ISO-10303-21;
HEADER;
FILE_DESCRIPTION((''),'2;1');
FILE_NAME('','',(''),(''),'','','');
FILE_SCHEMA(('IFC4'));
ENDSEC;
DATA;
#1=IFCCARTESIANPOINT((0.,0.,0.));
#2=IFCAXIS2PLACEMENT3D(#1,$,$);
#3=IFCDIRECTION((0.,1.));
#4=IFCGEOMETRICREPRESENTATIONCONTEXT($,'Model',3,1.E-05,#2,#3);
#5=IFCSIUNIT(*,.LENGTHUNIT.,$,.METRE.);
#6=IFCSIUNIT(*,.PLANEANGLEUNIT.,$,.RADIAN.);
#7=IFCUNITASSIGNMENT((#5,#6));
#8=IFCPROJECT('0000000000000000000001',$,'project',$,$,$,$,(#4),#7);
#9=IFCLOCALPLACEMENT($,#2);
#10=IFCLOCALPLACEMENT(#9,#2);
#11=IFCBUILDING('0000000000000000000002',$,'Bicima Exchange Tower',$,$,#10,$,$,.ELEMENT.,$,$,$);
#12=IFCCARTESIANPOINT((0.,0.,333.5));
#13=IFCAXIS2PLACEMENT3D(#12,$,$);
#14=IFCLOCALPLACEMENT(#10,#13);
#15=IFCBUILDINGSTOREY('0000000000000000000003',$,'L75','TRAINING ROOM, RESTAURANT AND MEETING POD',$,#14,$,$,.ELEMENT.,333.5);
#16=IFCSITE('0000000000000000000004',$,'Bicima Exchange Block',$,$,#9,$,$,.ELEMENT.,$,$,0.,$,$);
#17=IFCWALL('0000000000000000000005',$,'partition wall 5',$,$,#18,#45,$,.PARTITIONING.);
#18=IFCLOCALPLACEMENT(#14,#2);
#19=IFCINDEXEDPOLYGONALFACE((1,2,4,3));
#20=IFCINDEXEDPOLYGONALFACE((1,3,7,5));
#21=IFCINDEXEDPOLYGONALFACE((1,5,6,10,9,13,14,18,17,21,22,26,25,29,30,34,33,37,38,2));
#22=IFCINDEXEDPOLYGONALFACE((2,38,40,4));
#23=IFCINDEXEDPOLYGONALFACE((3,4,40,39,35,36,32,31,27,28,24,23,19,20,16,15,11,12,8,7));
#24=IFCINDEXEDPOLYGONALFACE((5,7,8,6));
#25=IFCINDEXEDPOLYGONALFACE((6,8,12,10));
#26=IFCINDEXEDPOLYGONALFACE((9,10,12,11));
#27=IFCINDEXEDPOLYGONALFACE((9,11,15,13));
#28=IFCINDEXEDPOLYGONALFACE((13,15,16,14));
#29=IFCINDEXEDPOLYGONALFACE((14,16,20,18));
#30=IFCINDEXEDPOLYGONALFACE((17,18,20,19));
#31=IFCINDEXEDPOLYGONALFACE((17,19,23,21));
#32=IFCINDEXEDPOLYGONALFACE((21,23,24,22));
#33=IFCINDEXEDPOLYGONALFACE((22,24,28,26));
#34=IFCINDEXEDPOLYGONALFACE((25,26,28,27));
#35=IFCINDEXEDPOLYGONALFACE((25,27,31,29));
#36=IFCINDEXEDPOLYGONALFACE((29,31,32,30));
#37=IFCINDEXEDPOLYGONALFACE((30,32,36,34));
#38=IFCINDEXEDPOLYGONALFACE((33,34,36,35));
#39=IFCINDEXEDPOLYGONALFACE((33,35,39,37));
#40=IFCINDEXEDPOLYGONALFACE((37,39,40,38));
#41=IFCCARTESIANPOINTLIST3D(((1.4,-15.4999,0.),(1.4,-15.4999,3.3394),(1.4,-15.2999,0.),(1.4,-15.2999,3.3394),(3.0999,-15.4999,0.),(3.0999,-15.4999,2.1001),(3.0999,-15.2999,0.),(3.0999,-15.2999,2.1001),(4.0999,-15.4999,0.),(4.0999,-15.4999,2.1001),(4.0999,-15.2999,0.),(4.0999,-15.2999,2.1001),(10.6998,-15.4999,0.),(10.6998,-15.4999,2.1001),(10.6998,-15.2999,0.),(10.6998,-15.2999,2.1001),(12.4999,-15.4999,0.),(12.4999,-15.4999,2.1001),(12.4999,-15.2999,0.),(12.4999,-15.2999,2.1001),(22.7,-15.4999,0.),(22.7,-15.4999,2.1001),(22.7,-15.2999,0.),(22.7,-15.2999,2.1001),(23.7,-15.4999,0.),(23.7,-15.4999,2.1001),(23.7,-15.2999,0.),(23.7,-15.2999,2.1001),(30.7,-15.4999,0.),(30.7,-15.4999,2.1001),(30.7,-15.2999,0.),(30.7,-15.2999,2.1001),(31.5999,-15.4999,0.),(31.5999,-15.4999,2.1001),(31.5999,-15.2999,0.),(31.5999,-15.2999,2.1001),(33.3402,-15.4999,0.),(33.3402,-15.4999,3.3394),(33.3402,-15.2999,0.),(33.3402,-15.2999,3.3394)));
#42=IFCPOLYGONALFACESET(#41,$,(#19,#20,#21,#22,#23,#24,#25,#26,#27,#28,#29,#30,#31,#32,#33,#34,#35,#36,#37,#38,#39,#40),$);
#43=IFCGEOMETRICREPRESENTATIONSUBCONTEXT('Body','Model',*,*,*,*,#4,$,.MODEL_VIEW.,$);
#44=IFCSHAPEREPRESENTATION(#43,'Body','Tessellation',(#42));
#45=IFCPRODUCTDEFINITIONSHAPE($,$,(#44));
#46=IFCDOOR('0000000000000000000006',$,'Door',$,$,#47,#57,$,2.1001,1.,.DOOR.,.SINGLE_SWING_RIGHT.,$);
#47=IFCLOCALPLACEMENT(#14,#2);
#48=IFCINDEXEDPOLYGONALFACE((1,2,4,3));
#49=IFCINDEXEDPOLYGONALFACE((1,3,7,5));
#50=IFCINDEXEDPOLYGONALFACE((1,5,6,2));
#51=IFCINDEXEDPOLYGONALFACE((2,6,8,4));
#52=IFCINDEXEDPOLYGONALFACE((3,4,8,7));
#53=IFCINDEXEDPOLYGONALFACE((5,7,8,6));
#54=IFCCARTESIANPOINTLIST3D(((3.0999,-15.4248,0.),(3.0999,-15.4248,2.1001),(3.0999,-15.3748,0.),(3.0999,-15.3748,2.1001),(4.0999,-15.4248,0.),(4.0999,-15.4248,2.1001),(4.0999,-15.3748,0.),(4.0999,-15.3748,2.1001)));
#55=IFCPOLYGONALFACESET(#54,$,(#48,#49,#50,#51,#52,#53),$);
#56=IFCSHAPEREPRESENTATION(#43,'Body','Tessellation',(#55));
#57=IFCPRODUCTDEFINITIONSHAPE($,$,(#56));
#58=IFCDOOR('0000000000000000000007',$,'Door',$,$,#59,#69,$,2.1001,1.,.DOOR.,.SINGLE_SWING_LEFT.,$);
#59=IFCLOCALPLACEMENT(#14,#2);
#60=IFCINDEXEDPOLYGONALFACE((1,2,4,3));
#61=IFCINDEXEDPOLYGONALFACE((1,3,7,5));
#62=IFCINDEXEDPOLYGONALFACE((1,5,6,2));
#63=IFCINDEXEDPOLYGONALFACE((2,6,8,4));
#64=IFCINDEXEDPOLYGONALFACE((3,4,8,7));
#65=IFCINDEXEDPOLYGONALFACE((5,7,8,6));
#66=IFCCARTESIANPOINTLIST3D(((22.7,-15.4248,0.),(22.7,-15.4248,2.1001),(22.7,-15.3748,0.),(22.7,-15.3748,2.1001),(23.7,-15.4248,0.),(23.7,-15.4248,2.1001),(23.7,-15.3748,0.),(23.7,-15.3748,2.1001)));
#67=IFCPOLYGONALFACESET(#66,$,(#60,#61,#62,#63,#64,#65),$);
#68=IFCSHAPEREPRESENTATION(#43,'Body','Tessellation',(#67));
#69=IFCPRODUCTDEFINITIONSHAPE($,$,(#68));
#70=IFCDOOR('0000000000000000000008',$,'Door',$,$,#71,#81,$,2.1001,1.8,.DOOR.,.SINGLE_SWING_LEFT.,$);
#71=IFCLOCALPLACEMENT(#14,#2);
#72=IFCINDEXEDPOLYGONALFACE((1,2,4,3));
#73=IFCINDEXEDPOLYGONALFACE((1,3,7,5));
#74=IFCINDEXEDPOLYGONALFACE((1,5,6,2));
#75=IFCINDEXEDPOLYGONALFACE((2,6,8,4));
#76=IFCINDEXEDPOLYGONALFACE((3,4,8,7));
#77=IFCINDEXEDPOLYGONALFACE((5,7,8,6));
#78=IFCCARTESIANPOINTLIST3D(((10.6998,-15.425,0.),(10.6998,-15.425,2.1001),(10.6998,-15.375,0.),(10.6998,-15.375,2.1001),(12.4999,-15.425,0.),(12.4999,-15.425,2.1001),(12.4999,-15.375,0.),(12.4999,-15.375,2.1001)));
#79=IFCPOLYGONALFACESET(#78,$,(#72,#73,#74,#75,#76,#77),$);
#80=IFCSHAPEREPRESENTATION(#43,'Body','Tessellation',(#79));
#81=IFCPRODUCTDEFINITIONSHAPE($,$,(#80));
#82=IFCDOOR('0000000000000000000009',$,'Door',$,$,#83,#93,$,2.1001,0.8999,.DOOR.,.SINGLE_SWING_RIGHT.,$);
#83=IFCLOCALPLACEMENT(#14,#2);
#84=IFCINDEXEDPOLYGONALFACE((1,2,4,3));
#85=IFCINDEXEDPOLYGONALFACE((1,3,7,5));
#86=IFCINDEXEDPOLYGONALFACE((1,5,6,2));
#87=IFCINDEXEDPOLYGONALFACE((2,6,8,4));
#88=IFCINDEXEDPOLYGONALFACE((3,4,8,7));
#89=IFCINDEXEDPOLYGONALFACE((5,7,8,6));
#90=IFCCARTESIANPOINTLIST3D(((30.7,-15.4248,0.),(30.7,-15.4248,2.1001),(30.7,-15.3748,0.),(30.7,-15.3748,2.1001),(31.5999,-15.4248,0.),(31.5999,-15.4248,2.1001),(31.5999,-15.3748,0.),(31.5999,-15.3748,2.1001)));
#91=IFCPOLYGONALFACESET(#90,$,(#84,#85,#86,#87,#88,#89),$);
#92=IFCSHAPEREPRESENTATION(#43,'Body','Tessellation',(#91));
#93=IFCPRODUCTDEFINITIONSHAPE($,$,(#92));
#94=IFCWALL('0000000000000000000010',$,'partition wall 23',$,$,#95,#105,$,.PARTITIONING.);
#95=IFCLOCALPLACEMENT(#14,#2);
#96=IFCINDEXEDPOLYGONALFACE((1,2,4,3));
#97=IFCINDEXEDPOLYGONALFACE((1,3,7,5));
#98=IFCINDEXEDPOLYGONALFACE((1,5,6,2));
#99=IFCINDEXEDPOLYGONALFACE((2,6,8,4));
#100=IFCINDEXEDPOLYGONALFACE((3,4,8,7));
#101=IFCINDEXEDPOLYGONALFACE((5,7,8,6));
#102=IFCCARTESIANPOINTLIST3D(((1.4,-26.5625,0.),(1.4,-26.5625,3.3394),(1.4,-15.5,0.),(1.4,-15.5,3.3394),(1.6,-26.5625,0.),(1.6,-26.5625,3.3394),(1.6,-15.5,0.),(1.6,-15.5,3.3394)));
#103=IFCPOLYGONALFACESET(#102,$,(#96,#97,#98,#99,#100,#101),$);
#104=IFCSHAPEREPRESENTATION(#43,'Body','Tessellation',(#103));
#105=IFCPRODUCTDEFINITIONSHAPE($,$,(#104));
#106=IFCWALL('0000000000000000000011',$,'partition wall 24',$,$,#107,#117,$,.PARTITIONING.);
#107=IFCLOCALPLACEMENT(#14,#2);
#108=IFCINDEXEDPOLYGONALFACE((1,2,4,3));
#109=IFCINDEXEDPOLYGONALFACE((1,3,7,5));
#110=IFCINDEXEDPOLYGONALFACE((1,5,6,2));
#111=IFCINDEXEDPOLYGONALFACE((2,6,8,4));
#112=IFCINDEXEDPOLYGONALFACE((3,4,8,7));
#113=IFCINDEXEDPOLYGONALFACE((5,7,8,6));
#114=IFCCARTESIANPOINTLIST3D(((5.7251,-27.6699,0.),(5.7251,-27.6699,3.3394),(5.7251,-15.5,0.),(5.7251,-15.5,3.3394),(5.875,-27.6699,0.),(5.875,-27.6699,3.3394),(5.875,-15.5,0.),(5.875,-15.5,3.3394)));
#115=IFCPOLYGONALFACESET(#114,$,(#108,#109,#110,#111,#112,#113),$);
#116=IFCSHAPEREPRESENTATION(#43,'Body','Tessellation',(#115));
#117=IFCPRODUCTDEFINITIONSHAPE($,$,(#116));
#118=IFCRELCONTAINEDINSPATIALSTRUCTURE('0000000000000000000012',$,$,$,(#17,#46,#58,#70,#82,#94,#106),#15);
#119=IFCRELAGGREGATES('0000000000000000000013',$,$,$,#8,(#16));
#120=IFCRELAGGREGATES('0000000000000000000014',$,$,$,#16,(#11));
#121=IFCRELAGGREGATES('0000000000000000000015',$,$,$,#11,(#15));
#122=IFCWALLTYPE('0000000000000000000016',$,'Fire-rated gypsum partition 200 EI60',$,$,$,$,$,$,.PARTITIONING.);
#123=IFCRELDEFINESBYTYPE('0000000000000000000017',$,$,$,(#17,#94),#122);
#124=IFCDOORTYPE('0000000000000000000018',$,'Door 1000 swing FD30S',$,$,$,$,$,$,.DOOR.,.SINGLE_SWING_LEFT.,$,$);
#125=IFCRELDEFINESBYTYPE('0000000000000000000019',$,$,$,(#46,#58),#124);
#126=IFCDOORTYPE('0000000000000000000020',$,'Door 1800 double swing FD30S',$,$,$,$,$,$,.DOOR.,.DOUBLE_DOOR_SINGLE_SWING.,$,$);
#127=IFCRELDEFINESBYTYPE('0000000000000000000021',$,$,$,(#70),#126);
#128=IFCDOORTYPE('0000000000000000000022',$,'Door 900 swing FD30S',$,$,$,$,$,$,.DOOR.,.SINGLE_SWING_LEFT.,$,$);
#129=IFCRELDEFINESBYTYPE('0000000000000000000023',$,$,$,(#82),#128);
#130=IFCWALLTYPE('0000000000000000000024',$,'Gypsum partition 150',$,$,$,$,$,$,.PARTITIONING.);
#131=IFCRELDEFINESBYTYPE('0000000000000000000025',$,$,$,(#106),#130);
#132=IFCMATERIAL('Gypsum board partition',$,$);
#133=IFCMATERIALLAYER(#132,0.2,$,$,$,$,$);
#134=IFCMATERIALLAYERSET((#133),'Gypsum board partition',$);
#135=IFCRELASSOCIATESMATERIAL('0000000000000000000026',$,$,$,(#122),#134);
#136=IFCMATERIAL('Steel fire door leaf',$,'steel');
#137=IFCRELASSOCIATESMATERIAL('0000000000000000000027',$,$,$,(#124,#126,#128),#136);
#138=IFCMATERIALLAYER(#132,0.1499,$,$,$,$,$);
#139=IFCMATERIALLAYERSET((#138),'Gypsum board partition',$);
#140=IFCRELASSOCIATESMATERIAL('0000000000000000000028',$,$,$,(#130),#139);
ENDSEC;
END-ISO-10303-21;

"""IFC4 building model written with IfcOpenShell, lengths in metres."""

from ifc_helpers import new_model, si_unit, direction, frame, frame_2d, origin, place, context, subcontext, project, spatial, rectangle, extrude, material, layer, layer_set, type_object, element, fill, save


model = new_model("IFC4")

# Units and contexts
model_context = context("Model", 3, precision=1e-05, world=origin(), true_north=direction((0.0, 1.0)))
body_context = subcontext(model_context, "Body", "Model", "MODEL_VIEW")
ifc_project = project(units=[si_unit("LENGTHUNIT", "METRE"), si_unit("PLANEANGLEUNIT", "RADIAN")], contexts=[model_context])

# Site, building, storey
site_placement = place(None, origin())
site = spatial("IfcSite", under=ifc_project, at=site_placement, Name="Bicima Exchange Block", CompositionType="ELEMENT", RefElevation=0.0)
building_placement = place(site_placement, origin())
building = spatial("IfcBuilding", under=site, at=building_placement, Name="Bicima Exchange Tower", CompositionType="ELEMENT")
storey_placement = place(building_placement, frame((0.0, 0.0, 333.5)))
storey = spatial("IfcBuildingStorey", under=building, at=storey_placement, Name="L75", Description="TRAINING ROOM, RESTAURANT AND MEETING POD", CompositionType="ELEMENT", Elevation=333.5)

# Wall, openings, doors
ifc_material_1 = material(Name="Gypsum board partition")
ifc_layer_1 = layer(ifc_material_1, 0.2)
ifc_layer_set_1 = layer_set([ifc_layer_1], Name="Gypsum board partition")
wall_type_1 = type_object("IfcWallType", Name="Fire-rated gypsum partition 200 EI60", PredefinedType="PARTITIONING", material=ifc_layer_set_1)
wall_1_placement = place(storey_placement, frame((1.3999, -15.3999, 0.0), z_axis=(0.0, 0.0, 1.0), x_axis=(1.0, 0.0, 0.0)))
wall_1 = element("IfcWall", 1, at=wall_1_placement, inside=storey, type_object=wall_type_1, Name="partition wall 5", PredefinedType="PARTITIONING", context=body_context, shape_type="SweptSolid", body=[
    extrude(rectangle(XDim=31.9402, YDim=0.2, at=frame_2d((15.9702, 0.0))), origin(), (0.0, 0.0, 1.0), 3.3394),
])
opening_1_placement = place(wall_1_placement, frame((1.7, 0.0, 0.0)))
opening_1 = element("IfcOpeningElement", 2, at=opening_1_placement, cuts=wall_1, PredefinedType="OPENING", context=body_context, shape_type="SweptSolid", body=[
    extrude(rectangle(XDim=1.0, YDim=2.1001, at=frame_2d((0.5, 1.05))), frame((0.0, 0.1118, 0.0), z_axis=(0.0, -1.0, 0.0), x_axis=(1.0, 0.0, 0.0)), (0.0, 0.0, 1.0), 0.2239),
])
opening_2_placement = place(wall_1_placement, frame((9.3, 0.0, 0.0)))
opening_2 = element("IfcOpeningElement", 3, at=opening_2_placement, cuts=wall_1, PredefinedType="OPENING", context=body_context, shape_type="SweptSolid", body=[
    extrude(rectangle(XDim=1.8, YDim=2.1001, at=frame_2d((0.8999, 1.05))), frame((0.0, 0.1118, 0.0), z_axis=(0.0, -1.0, 0.0), x_axis=(1.0, 0.0, 0.0)), (0.0, 0.0, 1.0), 0.2239),
])
opening_3_placement = place(wall_1_placement, frame((21.3, 0.0, 0.0)))
opening_3 = element("IfcOpeningElement", 4, at=opening_3_placement, cuts=wall_1, PredefinedType="OPENING", context=body_context, shape_type="SweptSolid", body=[
    extrude(rectangle(XDim=1.0, YDim=2.1001, at=frame_2d((0.5, 1.05))), frame((0.0, 0.1118, 0.0), z_axis=(0.0, -1.0, 0.0), x_axis=(1.0, 0.0, 0.0)), (0.0, 0.0, 1.0), 0.2239),
])
opening_4_placement = place(wall_1_placement, frame((29.3, 0.0, 0.0)))
opening_4 = element("IfcOpeningElement", 5, at=opening_4_placement, cuts=wall_1, PredefinedType="OPENING", context=body_context, shape_type="SweptSolid", body=[
    extrude(rectangle(XDim=0.8999, YDim=2.1001, at=frame_2d((0.45, 1.05))), frame((0.0, 0.1118, 0.0), z_axis=(0.0, -1.0, 0.0), x_axis=(1.0, 0.0, 0.0)), (0.0, 0.0, 1.0), 0.2239),
])
ifc_material_2 = material(Name="Steel fire door leaf", Category="steel")
door_type_1 = type_object("IfcDoorType", Name="Door 1000 swing FD30S", OperationType="SINGLE_SWING_LEFT", PredefinedType="DOOR", material=ifc_material_2)
door_1_placement = place(opening_1_placement, frame((1.0, 0.0, 0.0), z_axis=(0.0, 0.0, 1.0), x_axis=(-1.0, 0.0, 0.0)))
door_1 = element("IfcDoor", 6, at=door_1_placement, inside=storey, type_object=door_type_1, Name="Door", OperationType="SINGLE_SWING_RIGHT", OverallHeight=2.1001, OverallWidth=1.0, PredefinedType="DOOR", context=body_context, shape_type="SweptSolid", body=[
    extrude(rectangle(XDim=1.0, YDim=2.1001, at=frame_2d((0.5, 1.05))), frame((0.0, 0.0249, 0.0), z_axis=(0.0, -1.0, 0.0), x_axis=(1.0, 0.0, 0.0)), (0.0, 0.0, 1.0), 0.05),
])
fill(opening_1, door_1)
door_2_placement = place(opening_3_placement, frame((1.0, 0.0, 0.0), z_axis=(0.0, 0.0, 1.0), x_axis=(-1.0, 0.0, 0.0)))
door_2 = element("IfcDoor", 7, at=door_2_placement, inside=storey, type_object=door_type_1, Name="Door", OperationType="SINGLE_SWING_LEFT", OverallHeight=2.1001, OverallWidth=1.0, PredefinedType="DOOR", context=body_context, shape_type="SweptSolid", body=[
    extrude(rectangle(XDim=1.0, YDim=2.1001, at=frame_2d((0.5, 1.05))), frame((0.0, 0.0249, 0.0), z_axis=(0.0, -1.0, 0.0), x_axis=(1.0, 0.0, 0.0)), (0.0, 0.0, 1.0), 0.05),
])
fill(opening_3, door_2)
door_type_2 = type_object("IfcDoorType", Name="Door 1800 double swing FD30S", OperationType="DOUBLE_DOOR_SINGLE_SWING", PredefinedType="DOOR", material=ifc_material_2)
door_3_placement = place(opening_2_placement, origin())
door_3 = element("IfcDoor", 8, at=door_3_placement, inside=storey, type_object=door_type_2, Name="Door", OperationType="SINGLE_SWING_LEFT", OverallHeight=2.1001, OverallWidth=1.8, PredefinedType="DOOR", context=body_context, shape_type="SweptSolid", body=[
    extrude(rectangle(XDim=1.8, YDim=2.1001, at=frame_2d((0.8999, 1.05))), frame((0.0, 0.0249, 0.0), z_axis=(0.0, -1.0, 0.0), x_axis=(1.0, 0.0, 0.0)), (0.0, 0.0, 1.0), 0.05),
])
fill(opening_2, door_3)
door_type_3 = type_object("IfcDoorType", Name="Door 900 swing FD30S", OperationType="SINGLE_SWING_LEFT", PredefinedType="DOOR", material=ifc_material_2)
door_4_placement = place(opening_4_placement, frame((0.8999, 0.0, 0.0), z_axis=(0.0, 0.0, 1.0), x_axis=(-1.0, 0.0, 0.0)))
door_4 = element("IfcDoor", 9, at=door_4_placement, inside=storey, type_object=door_type_3, Name="Door", OperationType="SINGLE_SWING_RIGHT", OverallHeight=2.1001, OverallWidth=0.8999, PredefinedType="DOOR", context=body_context, shape_type="SweptSolid", body=[
    extrude(rectangle(XDim=0.8999, YDim=2.1001, at=frame_2d((0.45, 1.05))), frame((0.0, 0.0249, 0.0), z_axis=(0.0, -1.0, 0.0), x_axis=(1.0, 0.0, 0.0)), (0.0, 0.0, 1.0), 0.05),
])
fill(opening_4, door_4)

# Walls
wall_2_placement = place(storey_placement, frame((1.5, -26.5625, 0.0), z_axis=(0.0, 0.0, 1.0), x_axis=(0.0, 1.0, 0.0)))
element("IfcWall", 10, at=wall_2_placement, inside=storey, type_object=wall_type_1, Name="partition wall 23", PredefinedType="PARTITIONING", context=body_context, shape_type="SweptSolid", body=[
    extrude(rectangle(XDim=11.0625, YDim=0.2, at=frame_2d((5.5312, 0.0))), origin(), (0.0, 0.0, 1.0), 3.3394),
])
ifc_layer_2 = layer(ifc_material_1, 0.1499)
ifc_layer_set_2 = layer_set([ifc_layer_2], Name="Gypsum board partition")
wall_type_2 = type_object("IfcWallType", Name="Gypsum partition 150", PredefinedType="PARTITIONING", material=ifc_layer_set_2)
wall_3_placement = place(storey_placement, frame((5.8, -27.6699, 0.0), z_axis=(0.0, 0.0, 1.0), x_axis=(0.0, 1.0, 0.0)))
element("IfcWall", 11, at=wall_3_placement, inside=storey, type_object=wall_type_2, Name="partition wall 24", PredefinedType="PARTITIONING", context=body_context, shape_type="SweptSolid", body=[
    extrude(rectangle(XDim=12.1699, YDim=0.1499, at=frame_2d((6.085, 0.0))), origin(), (0.0, 0.0, 1.0), 3.3394),
])

save(model, "model.ifc")
